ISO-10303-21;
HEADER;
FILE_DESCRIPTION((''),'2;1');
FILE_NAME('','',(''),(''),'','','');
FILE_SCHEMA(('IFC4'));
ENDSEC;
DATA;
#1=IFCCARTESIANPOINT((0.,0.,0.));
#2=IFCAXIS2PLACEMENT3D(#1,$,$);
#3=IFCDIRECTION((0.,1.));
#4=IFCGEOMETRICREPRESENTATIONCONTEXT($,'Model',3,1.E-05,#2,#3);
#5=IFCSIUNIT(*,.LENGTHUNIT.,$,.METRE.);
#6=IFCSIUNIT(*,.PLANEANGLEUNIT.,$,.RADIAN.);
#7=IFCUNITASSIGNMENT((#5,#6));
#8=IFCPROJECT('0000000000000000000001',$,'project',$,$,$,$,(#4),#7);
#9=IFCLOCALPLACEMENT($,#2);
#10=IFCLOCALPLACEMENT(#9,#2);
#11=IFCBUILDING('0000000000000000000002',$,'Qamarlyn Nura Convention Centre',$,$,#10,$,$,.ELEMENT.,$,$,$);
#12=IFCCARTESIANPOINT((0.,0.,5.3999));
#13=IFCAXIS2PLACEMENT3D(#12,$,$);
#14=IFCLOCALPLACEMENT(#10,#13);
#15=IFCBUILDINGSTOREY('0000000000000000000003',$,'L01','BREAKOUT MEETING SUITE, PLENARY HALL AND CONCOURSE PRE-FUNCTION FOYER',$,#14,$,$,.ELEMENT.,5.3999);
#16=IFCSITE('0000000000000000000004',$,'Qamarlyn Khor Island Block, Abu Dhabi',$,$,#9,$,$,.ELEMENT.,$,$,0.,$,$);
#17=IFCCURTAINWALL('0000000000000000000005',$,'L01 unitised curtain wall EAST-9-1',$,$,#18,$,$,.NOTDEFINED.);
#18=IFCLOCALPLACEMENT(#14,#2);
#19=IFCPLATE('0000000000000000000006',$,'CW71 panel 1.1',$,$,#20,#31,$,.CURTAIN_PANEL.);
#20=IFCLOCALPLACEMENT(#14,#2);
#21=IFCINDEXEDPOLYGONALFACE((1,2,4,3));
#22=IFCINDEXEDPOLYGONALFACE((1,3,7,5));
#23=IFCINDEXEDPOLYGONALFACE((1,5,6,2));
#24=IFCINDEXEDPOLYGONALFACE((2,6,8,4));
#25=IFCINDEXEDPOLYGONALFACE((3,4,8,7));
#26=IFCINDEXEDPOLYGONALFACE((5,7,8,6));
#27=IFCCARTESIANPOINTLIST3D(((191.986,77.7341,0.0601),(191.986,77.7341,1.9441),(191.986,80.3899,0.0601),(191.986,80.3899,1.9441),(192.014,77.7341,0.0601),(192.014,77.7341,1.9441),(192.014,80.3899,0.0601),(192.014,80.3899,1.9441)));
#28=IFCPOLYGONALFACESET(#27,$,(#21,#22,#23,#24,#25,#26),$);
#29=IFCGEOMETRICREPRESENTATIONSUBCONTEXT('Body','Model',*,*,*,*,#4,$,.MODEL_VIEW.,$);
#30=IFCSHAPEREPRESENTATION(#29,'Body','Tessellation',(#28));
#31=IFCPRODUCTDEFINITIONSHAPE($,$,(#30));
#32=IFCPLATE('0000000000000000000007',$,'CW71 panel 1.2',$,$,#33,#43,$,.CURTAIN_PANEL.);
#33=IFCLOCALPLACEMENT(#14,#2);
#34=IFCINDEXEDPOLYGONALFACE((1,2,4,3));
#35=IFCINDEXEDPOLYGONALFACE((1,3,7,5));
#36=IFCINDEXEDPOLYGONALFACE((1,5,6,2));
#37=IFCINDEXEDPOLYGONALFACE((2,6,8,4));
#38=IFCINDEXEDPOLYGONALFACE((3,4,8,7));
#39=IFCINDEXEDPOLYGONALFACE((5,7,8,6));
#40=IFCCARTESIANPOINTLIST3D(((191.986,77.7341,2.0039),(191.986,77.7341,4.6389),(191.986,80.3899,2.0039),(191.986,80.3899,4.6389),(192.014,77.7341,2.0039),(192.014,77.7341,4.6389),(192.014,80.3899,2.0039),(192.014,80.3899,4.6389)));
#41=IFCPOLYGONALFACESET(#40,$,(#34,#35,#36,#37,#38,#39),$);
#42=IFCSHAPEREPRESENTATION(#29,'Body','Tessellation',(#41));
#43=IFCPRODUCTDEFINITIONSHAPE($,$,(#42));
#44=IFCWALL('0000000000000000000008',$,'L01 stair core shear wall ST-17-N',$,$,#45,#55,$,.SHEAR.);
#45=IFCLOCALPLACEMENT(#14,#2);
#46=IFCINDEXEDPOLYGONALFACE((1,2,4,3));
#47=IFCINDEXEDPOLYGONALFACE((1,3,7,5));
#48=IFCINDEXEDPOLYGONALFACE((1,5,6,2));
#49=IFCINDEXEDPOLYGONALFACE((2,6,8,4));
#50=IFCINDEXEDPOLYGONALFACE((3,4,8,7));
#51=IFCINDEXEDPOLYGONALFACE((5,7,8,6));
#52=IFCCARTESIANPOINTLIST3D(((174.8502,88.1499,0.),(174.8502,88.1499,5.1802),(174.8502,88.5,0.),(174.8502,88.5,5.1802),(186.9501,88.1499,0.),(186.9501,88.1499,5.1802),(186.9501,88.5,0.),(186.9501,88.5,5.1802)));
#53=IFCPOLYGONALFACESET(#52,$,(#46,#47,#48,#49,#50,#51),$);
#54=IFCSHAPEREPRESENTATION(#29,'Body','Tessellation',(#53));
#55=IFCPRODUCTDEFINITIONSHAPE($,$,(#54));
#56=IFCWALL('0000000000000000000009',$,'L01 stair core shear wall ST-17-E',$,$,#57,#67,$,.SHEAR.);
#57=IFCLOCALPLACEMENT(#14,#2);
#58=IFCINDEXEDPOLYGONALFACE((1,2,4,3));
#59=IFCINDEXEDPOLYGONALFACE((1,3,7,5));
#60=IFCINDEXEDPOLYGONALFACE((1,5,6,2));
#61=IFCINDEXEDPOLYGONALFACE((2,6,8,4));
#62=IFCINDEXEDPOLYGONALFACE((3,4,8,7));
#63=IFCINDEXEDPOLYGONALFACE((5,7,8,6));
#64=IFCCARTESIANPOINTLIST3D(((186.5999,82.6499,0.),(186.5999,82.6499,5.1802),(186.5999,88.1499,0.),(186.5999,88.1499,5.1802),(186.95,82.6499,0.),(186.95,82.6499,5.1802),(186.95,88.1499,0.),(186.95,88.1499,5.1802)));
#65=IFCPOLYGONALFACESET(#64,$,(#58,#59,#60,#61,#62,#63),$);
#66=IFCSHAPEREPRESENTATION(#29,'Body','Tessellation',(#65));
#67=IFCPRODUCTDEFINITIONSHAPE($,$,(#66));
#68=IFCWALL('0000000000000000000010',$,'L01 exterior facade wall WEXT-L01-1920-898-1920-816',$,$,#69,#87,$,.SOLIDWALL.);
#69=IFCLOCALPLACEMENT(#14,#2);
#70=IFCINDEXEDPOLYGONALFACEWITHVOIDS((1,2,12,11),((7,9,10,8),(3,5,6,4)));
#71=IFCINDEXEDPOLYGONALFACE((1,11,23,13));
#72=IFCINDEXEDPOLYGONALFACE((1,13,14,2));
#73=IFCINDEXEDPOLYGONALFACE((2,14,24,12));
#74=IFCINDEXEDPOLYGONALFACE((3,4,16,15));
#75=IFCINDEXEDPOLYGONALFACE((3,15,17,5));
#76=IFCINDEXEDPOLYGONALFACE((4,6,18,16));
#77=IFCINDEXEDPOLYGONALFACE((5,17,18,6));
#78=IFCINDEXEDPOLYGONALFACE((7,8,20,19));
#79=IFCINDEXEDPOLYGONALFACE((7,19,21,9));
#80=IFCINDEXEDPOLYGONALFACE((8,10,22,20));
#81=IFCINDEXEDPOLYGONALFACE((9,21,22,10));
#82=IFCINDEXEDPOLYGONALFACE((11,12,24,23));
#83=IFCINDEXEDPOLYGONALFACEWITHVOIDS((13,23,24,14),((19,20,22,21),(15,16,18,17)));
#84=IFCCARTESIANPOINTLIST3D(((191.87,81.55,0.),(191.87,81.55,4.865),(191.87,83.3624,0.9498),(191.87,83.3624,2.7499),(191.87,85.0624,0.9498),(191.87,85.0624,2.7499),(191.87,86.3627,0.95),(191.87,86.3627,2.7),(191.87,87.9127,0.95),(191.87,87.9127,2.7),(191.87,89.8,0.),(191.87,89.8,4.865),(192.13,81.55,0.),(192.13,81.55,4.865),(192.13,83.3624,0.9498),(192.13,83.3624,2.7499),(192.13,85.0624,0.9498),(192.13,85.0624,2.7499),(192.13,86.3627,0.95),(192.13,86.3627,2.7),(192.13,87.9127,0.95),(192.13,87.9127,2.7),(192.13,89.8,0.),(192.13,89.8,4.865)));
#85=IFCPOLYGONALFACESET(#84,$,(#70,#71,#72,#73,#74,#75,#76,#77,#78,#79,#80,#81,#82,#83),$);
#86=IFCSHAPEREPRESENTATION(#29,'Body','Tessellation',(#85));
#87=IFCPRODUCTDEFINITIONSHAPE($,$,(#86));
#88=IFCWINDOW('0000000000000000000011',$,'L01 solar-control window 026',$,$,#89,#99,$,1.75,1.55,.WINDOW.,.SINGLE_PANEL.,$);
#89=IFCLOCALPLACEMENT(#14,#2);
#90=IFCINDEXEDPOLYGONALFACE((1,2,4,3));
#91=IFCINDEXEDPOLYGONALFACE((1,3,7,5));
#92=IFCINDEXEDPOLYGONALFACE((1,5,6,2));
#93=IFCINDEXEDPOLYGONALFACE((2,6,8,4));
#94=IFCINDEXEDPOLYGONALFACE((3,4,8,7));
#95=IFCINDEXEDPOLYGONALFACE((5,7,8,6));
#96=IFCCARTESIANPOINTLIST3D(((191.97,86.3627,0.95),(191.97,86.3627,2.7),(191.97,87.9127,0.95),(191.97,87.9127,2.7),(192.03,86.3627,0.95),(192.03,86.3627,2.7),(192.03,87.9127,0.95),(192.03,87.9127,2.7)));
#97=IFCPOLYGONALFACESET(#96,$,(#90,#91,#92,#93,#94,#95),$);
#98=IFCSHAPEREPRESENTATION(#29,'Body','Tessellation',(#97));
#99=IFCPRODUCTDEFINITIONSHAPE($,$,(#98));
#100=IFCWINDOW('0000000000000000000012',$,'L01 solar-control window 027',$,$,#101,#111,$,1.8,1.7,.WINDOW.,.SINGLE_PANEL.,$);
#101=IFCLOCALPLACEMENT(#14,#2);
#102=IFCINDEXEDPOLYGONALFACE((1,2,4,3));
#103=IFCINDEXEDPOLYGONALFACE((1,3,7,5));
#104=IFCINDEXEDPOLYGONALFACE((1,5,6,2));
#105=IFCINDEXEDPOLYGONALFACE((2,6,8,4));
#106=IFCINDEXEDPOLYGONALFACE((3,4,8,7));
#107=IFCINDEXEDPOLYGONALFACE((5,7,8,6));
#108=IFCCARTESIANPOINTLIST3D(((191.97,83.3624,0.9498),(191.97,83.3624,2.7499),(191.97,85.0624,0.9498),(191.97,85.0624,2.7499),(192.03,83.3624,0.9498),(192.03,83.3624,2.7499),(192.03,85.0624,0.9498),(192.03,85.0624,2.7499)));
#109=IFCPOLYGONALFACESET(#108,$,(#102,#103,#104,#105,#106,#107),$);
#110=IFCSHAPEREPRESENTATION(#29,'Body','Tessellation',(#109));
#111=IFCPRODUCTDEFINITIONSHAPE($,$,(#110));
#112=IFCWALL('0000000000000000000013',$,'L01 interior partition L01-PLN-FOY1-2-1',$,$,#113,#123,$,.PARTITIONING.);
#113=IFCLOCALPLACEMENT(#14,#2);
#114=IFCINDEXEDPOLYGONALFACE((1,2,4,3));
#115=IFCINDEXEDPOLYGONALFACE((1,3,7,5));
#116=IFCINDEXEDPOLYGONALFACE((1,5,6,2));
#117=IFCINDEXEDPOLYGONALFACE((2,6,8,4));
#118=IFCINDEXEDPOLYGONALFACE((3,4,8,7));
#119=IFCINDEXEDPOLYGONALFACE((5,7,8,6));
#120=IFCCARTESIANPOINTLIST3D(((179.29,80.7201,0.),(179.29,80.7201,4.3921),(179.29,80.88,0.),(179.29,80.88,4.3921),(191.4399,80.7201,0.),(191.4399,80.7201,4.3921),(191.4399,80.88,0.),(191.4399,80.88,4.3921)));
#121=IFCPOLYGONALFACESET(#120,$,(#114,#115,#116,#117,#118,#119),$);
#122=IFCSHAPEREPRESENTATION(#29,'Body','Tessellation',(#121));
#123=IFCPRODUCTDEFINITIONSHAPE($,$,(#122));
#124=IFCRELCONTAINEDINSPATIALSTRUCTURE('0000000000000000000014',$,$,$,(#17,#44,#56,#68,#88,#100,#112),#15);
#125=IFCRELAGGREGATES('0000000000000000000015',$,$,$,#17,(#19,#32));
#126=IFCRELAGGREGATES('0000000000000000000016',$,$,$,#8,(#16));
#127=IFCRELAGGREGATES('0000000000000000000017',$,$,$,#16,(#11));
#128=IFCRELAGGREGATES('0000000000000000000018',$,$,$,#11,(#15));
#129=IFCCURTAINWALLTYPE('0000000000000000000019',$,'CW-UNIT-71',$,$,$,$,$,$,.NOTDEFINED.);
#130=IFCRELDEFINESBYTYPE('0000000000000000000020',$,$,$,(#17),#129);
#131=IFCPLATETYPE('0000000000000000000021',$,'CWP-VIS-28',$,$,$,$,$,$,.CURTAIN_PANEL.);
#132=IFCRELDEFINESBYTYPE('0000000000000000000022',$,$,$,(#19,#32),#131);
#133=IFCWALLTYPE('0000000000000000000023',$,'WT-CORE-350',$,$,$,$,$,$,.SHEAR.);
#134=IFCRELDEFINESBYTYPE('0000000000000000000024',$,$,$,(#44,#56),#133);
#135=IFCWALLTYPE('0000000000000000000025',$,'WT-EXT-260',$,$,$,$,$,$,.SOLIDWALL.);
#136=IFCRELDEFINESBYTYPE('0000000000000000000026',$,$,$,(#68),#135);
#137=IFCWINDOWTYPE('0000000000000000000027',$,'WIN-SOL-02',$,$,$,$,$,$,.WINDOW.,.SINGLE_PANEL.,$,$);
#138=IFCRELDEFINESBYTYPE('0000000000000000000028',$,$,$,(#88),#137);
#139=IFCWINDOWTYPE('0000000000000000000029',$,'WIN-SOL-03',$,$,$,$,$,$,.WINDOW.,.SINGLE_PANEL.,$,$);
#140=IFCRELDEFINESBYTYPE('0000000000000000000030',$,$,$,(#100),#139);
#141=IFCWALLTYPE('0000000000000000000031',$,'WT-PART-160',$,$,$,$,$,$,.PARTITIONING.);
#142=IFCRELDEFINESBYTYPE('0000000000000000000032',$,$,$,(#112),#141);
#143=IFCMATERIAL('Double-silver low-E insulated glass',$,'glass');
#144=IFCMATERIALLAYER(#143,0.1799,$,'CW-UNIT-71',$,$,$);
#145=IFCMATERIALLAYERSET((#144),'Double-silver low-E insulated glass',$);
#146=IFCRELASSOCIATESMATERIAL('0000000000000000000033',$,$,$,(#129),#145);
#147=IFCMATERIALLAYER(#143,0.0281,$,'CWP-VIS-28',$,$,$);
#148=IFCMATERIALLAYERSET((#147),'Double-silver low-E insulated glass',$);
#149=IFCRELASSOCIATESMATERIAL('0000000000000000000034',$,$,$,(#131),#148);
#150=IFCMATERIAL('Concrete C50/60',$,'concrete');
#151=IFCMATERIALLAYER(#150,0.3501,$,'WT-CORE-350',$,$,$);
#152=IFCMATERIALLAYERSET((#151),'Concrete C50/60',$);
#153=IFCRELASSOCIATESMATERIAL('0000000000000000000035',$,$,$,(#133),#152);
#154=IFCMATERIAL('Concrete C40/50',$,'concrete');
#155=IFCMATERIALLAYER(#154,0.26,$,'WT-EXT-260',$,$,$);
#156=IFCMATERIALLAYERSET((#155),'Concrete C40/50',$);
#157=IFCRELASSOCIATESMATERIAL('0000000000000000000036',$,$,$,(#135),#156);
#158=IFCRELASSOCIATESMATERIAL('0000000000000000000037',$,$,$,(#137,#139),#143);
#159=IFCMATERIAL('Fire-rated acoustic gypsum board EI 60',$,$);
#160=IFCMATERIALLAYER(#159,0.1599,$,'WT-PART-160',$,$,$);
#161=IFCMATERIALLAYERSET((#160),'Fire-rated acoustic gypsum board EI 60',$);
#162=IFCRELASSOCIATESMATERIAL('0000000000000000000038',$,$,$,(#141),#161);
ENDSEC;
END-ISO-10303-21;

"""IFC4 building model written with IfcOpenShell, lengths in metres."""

from ifc_helpers import new_model, si_unit, direction, frame, frame_2d, origin, origin_2d, place, context, subcontext, project, spatial, rectangle, extrude, material, layer, layer_set, type_object, element, fill, aggregate, save


model = new_model("IFC4")

# Units and contexts
model_context = context("Model", 3, precision=1e-05, world=origin(), true_north=direction((0.0, 1.0)))
body_context = subcontext(model_context, "Body", "Model", "MODEL_VIEW")
ifc_project = project(units=[si_unit("LENGTHUNIT", "METRE"), si_unit("PLANEANGLEUNIT", "RADIAN")], contexts=[model_context])

# Site, building, storey
site_placement = place(None, origin())
site = spatial("IfcSite", under=ifc_project, at=site_placement, Name="Qamarlyn Khor Island Block, Abu Dhabi", CompositionType="ELEMENT", RefElevation=0.0)
building_placement = place(site_placement, origin())
building = spatial("IfcBuilding", under=site, at=building_placement, Name="Qamarlyn Nura Convention Centre", CompositionType="ELEMENT")
storey_placement = place(building_placement, frame((0.0, 0.0, 5.3999)))
storey = spatial("IfcBuildingStorey", under=building, at=storey_placement, Name="L01", Description="BREAKOUT MEETING SUITE, PLENARY HALL AND CONCOURSE PRE-FUNCTION FOYER", CompositionType="ELEMENT", Elevation=5.3999)

# Shared definitions
ifc_material_1 = material(Name="Concrete C50/60", Category="concrete")

# Curtain wall, plates
ifc_material_2 = material(Name="Double-silver low-E insulated glass", Category="glass")
ifc_layer_1 = layer(ifc_material_2, 0.1799, Name="CW-UNIT-71")
ifc_layer_set_1 = layer_set([ifc_layer_1], Name="Double-silver low-E insulated glass")
curtain_wall_type = type_object("IfcCurtainWallType", Name="CW-UNIT-71", PredefinedType="NOTDEFINED", material=ifc_layer_set_1)
curtain_wall_placement = place(storey_placement, origin())
curtain_wall = element("IfcCurtainWall", 1, at=curtain_wall_placement, inside=storey, type_object=curtain_wall_type, Name="L01 unitised curtain wall EAST-9-1", PredefinedType="NOTDEFINED")
ifc_layer_2 = layer(ifc_material_2, 0.0281, Name="CWP-VIS-28")
ifc_layer_set_2 = layer_set([ifc_layer_2], Name="Double-silver low-E insulated glass")
plate_type = type_object("IfcPlateType", Name="CWP-VIS-28", PredefinedType="CURTAIN_PANEL", material=ifc_layer_set_2)
plate_1_placement = place(storey_placement, frame((192.0, 79.062, 0.0601), z_axis=(0.0, 0.0, 1.0), x_axis=(0.0, -1.0, 0.0)))
plate_1 = element("IfcPlate", 2, at=plate_1_placement, type_object=plate_type, Name="CW71 panel 1.1", PredefinedType="CURTAIN_PANEL", context=body_context, shape_type="SweptSolid", body=[
    extrude(rectangle(XDim=2.6558, YDim=0.0281, at=origin_2d()), origin(), (0.0, 0.0, 1.0), 1.884),
])
plate_2_placement = place(storey_placement, frame((192.0, 79.062, 2.0039), z_axis=(0.0, 0.0, 1.0), x_axis=(0.0, -1.0, 0.0)))
plate_2 = element("IfcPlate", 3, at=plate_2_placement, type_object=plate_type, Name="CW71 panel 1.2", PredefinedType="CURTAIN_PANEL", context=body_context, shape_type="SweptSolid", body=[
    extrude(rectangle(XDim=2.6558, YDim=0.0281, at=origin_2d()), origin(), (0.0, 0.0, 1.0), 2.635),
])
aggregate(curtain_wall, [plate_1, plate_2])

# Walls
ifc_layer_3 = layer(ifc_material_1, 0.3501, Name="WT-CORE-350")
ifc_layer_set_3 = layer_set([ifc_layer_3], Name="Concrete C50/60")
wall_type_1 = type_object("IfcWallType", Name="WT-CORE-350", PredefinedType="SHEAR", material=ifc_layer_set_3)
wall_1_placement = place(storey_placement, frame((186.95, 88.325, 0.0), z_axis=(0.0, 0.0, 1.0), x_axis=(-1.0, 0.0, 0.0)))
element("IfcWall", 4, at=wall_1_placement, inside=storey, type_object=wall_type_1, Name="L01 stair core shear wall ST-17-N", PredefinedType="SHEAR", context=body_context, shape_type="SweptSolid", body=[
    extrude(rectangle(XDim=12.0999, YDim=0.3501, at=frame_2d((6.0498, 0.0))), origin(), (0.0, 0.0, 1.0), 5.1802),
])
wall_2_placement = place(storey_placement, frame((186.7749, 82.6499, 0.0), z_axis=(0.0, 0.0, 1.0), x_axis=(0.0, 1.0, 0.0)))
element("IfcWall", 5, at=wall_2_placement, inside=storey, type_object=wall_type_1, Name="L01 stair core shear wall ST-17-E", PredefinedType="SHEAR", context=body_context, shape_type="SweptSolid", body=[
    extrude(rectangle(XDim=5.5, YDim=0.3501, at=frame_2d((2.75, 0.0))), origin(), (0.0, 0.0, 1.0), 5.1802),
])

# Wall, openings, windows
ifc_material_3 = material(Name="Concrete C40/50", Category="concrete")
ifc_layer_4 = layer(ifc_material_3, 0.26, Name="WT-EXT-260")
ifc_layer_set_4 = layer_set([ifc_layer_4], Name="Concrete C40/50")
wall_type_2 = type_object("IfcWallType", Name="WT-EXT-260", PredefinedType="SOLIDWALL", material=ifc_layer_set_4)
wall_3_placement = place(storey_placement, frame((192.0, 89.8, 0.0), z_axis=(0.0, 0.0, 1.0), x_axis=(0.0, -1.0, 0.0)))
wall_3 = element("IfcWall", 6, at=wall_3_placement, inside=storey, type_object=wall_type_2, Name="L01 exterior facade wall WEXT-L01-1920-898-1920-816", PredefinedType="SOLIDWALL", context=body_context, shape_type="SweptSolid", body=[
    extrude(rectangle(XDim=8.25, YDim=0.26, at=frame_2d((4.125, 0.0))), origin(), (0.0, 0.0, 1.0), 4.865),
])
opening_1_placement = place(wall_3_placement, frame((1.8875, 0.0, 0.95)))
opening_1 = element("IfcOpeningElement", 7, at=opening_1_placement, cuts=wall_3, PredefinedType="OPENING", context=body_context, shape_type="SweptSolid", body=[
    extrude(rectangle(XDim=1.55, YDim=1.75, at=frame_2d((0.7749, 0.875))), frame((0.0, 0.1401, 0.0), z_axis=(0.0, -1.0, 0.0), x_axis=(1.0, 0.0, 0.0)), (0.0, 0.0, 1.0), 0.28),
])
opening_2_placement = place(wall_3_placement, frame((4.7375, 0.0, 0.95)))
opening_2 = element("IfcOpeningElement", 8, at=opening_2_placement, cuts=wall_3, PredefinedType="OPENING", context=body_context, shape_type="SweptSolid", body=[
    extrude(rectangle(XDim=1.7, YDim=1.8, at=frame_2d((0.8501, 0.8999))), frame((0.0, 0.1401, 0.0), z_axis=(0.0, -1.0, 0.0), x_axis=(1.0, 0.0, 0.0)), (0.0, 0.0, 1.0), 0.28),
])
window_type_1 = type_object("IfcWindowType", Name="WIN-SOL-02", PartitioningType="SINGLE_PANEL", PredefinedType="WINDOW", material=ifc_material_2)
window_1_placement = place(opening_1_placement, origin())
window_1 = element("IfcWindow", 9, at=window_1_placement, inside=storey, type_object=window_type_1, Name="L01 solar-control window 026", OverallHeight=1.75, OverallWidth=1.55, PartitioningType="SINGLE_PANEL", PredefinedType="WINDOW", context=body_context, shape_type="SweptSolid", body=[
    extrude(rectangle(XDim=1.55, YDim=1.75, at=frame_2d((0.7749, 0.875))), frame((0.0, 0.03, 0.0), z_axis=(0.0, -1.0, 0.0), x_axis=(1.0, 0.0, 0.0)), (0.0, 0.0, 1.0), 0.0601),
])
fill(opening_1, window_1)
window_type_2 = type_object("IfcWindowType", Name="WIN-SOL-03", PartitioningType="SINGLE_PANEL", PredefinedType="WINDOW", material=ifc_material_2)
window_2_placement = place(opening_2_placement, origin())
window_2 = element("IfcWindow", 10, at=window_2_placement, inside=storey, type_object=window_type_2, Name="L01 solar-control window 027", OverallHeight=1.8, OverallWidth=1.7, PartitioningType="SINGLE_PANEL", PredefinedType="WINDOW", context=body_context, shape_type="SweptSolid", body=[
    extrude(rectangle(XDim=1.7, YDim=1.8, at=frame_2d((0.8501, 0.8999))), frame((0.0, 0.03, 0.0), z_axis=(0.0, -1.0, 0.0), x_axis=(1.0, 0.0, 0.0)), (0.0, 0.0, 1.0), 0.0601),
])
fill(opening_2, window_2)

# Wall
ifc_material_4 = material(Name="Fire-rated acoustic gypsum board EI 60")
ifc_layer_5 = layer(ifc_material_4, 0.1599, Name="WT-PART-160")
ifc_layer_set_5 = layer_set([ifc_layer_5], Name="Fire-rated acoustic gypsum board EI 60")
wall_type_3 = type_object("IfcWallType", Name="WT-PART-160", PredefinedType="PARTITIONING", material=ifc_layer_set_5)
wall_4_placement = place(storey_placement, frame((191.4399, 80.8, 0.0), z_axis=(0.0, 0.0, 1.0), x_axis=(-1.0, 0.0, 0.0)))
element("IfcWall", 11, at=wall_4_placement, inside=storey, type_object=wall_type_3, Name="L01 interior partition L01-PLN-FOY1-2-1", PredefinedType="PARTITIONING", context=body_context, shape_type="SweptSolid", body=[
    extrude(rectangle(XDim=12.1499, YDim=0.1599, at=frame_2d((6.075, 0.0))), origin(), (0.0, 0.0, 1.0), 4.3921),
])

save(model, "model.ifc")
